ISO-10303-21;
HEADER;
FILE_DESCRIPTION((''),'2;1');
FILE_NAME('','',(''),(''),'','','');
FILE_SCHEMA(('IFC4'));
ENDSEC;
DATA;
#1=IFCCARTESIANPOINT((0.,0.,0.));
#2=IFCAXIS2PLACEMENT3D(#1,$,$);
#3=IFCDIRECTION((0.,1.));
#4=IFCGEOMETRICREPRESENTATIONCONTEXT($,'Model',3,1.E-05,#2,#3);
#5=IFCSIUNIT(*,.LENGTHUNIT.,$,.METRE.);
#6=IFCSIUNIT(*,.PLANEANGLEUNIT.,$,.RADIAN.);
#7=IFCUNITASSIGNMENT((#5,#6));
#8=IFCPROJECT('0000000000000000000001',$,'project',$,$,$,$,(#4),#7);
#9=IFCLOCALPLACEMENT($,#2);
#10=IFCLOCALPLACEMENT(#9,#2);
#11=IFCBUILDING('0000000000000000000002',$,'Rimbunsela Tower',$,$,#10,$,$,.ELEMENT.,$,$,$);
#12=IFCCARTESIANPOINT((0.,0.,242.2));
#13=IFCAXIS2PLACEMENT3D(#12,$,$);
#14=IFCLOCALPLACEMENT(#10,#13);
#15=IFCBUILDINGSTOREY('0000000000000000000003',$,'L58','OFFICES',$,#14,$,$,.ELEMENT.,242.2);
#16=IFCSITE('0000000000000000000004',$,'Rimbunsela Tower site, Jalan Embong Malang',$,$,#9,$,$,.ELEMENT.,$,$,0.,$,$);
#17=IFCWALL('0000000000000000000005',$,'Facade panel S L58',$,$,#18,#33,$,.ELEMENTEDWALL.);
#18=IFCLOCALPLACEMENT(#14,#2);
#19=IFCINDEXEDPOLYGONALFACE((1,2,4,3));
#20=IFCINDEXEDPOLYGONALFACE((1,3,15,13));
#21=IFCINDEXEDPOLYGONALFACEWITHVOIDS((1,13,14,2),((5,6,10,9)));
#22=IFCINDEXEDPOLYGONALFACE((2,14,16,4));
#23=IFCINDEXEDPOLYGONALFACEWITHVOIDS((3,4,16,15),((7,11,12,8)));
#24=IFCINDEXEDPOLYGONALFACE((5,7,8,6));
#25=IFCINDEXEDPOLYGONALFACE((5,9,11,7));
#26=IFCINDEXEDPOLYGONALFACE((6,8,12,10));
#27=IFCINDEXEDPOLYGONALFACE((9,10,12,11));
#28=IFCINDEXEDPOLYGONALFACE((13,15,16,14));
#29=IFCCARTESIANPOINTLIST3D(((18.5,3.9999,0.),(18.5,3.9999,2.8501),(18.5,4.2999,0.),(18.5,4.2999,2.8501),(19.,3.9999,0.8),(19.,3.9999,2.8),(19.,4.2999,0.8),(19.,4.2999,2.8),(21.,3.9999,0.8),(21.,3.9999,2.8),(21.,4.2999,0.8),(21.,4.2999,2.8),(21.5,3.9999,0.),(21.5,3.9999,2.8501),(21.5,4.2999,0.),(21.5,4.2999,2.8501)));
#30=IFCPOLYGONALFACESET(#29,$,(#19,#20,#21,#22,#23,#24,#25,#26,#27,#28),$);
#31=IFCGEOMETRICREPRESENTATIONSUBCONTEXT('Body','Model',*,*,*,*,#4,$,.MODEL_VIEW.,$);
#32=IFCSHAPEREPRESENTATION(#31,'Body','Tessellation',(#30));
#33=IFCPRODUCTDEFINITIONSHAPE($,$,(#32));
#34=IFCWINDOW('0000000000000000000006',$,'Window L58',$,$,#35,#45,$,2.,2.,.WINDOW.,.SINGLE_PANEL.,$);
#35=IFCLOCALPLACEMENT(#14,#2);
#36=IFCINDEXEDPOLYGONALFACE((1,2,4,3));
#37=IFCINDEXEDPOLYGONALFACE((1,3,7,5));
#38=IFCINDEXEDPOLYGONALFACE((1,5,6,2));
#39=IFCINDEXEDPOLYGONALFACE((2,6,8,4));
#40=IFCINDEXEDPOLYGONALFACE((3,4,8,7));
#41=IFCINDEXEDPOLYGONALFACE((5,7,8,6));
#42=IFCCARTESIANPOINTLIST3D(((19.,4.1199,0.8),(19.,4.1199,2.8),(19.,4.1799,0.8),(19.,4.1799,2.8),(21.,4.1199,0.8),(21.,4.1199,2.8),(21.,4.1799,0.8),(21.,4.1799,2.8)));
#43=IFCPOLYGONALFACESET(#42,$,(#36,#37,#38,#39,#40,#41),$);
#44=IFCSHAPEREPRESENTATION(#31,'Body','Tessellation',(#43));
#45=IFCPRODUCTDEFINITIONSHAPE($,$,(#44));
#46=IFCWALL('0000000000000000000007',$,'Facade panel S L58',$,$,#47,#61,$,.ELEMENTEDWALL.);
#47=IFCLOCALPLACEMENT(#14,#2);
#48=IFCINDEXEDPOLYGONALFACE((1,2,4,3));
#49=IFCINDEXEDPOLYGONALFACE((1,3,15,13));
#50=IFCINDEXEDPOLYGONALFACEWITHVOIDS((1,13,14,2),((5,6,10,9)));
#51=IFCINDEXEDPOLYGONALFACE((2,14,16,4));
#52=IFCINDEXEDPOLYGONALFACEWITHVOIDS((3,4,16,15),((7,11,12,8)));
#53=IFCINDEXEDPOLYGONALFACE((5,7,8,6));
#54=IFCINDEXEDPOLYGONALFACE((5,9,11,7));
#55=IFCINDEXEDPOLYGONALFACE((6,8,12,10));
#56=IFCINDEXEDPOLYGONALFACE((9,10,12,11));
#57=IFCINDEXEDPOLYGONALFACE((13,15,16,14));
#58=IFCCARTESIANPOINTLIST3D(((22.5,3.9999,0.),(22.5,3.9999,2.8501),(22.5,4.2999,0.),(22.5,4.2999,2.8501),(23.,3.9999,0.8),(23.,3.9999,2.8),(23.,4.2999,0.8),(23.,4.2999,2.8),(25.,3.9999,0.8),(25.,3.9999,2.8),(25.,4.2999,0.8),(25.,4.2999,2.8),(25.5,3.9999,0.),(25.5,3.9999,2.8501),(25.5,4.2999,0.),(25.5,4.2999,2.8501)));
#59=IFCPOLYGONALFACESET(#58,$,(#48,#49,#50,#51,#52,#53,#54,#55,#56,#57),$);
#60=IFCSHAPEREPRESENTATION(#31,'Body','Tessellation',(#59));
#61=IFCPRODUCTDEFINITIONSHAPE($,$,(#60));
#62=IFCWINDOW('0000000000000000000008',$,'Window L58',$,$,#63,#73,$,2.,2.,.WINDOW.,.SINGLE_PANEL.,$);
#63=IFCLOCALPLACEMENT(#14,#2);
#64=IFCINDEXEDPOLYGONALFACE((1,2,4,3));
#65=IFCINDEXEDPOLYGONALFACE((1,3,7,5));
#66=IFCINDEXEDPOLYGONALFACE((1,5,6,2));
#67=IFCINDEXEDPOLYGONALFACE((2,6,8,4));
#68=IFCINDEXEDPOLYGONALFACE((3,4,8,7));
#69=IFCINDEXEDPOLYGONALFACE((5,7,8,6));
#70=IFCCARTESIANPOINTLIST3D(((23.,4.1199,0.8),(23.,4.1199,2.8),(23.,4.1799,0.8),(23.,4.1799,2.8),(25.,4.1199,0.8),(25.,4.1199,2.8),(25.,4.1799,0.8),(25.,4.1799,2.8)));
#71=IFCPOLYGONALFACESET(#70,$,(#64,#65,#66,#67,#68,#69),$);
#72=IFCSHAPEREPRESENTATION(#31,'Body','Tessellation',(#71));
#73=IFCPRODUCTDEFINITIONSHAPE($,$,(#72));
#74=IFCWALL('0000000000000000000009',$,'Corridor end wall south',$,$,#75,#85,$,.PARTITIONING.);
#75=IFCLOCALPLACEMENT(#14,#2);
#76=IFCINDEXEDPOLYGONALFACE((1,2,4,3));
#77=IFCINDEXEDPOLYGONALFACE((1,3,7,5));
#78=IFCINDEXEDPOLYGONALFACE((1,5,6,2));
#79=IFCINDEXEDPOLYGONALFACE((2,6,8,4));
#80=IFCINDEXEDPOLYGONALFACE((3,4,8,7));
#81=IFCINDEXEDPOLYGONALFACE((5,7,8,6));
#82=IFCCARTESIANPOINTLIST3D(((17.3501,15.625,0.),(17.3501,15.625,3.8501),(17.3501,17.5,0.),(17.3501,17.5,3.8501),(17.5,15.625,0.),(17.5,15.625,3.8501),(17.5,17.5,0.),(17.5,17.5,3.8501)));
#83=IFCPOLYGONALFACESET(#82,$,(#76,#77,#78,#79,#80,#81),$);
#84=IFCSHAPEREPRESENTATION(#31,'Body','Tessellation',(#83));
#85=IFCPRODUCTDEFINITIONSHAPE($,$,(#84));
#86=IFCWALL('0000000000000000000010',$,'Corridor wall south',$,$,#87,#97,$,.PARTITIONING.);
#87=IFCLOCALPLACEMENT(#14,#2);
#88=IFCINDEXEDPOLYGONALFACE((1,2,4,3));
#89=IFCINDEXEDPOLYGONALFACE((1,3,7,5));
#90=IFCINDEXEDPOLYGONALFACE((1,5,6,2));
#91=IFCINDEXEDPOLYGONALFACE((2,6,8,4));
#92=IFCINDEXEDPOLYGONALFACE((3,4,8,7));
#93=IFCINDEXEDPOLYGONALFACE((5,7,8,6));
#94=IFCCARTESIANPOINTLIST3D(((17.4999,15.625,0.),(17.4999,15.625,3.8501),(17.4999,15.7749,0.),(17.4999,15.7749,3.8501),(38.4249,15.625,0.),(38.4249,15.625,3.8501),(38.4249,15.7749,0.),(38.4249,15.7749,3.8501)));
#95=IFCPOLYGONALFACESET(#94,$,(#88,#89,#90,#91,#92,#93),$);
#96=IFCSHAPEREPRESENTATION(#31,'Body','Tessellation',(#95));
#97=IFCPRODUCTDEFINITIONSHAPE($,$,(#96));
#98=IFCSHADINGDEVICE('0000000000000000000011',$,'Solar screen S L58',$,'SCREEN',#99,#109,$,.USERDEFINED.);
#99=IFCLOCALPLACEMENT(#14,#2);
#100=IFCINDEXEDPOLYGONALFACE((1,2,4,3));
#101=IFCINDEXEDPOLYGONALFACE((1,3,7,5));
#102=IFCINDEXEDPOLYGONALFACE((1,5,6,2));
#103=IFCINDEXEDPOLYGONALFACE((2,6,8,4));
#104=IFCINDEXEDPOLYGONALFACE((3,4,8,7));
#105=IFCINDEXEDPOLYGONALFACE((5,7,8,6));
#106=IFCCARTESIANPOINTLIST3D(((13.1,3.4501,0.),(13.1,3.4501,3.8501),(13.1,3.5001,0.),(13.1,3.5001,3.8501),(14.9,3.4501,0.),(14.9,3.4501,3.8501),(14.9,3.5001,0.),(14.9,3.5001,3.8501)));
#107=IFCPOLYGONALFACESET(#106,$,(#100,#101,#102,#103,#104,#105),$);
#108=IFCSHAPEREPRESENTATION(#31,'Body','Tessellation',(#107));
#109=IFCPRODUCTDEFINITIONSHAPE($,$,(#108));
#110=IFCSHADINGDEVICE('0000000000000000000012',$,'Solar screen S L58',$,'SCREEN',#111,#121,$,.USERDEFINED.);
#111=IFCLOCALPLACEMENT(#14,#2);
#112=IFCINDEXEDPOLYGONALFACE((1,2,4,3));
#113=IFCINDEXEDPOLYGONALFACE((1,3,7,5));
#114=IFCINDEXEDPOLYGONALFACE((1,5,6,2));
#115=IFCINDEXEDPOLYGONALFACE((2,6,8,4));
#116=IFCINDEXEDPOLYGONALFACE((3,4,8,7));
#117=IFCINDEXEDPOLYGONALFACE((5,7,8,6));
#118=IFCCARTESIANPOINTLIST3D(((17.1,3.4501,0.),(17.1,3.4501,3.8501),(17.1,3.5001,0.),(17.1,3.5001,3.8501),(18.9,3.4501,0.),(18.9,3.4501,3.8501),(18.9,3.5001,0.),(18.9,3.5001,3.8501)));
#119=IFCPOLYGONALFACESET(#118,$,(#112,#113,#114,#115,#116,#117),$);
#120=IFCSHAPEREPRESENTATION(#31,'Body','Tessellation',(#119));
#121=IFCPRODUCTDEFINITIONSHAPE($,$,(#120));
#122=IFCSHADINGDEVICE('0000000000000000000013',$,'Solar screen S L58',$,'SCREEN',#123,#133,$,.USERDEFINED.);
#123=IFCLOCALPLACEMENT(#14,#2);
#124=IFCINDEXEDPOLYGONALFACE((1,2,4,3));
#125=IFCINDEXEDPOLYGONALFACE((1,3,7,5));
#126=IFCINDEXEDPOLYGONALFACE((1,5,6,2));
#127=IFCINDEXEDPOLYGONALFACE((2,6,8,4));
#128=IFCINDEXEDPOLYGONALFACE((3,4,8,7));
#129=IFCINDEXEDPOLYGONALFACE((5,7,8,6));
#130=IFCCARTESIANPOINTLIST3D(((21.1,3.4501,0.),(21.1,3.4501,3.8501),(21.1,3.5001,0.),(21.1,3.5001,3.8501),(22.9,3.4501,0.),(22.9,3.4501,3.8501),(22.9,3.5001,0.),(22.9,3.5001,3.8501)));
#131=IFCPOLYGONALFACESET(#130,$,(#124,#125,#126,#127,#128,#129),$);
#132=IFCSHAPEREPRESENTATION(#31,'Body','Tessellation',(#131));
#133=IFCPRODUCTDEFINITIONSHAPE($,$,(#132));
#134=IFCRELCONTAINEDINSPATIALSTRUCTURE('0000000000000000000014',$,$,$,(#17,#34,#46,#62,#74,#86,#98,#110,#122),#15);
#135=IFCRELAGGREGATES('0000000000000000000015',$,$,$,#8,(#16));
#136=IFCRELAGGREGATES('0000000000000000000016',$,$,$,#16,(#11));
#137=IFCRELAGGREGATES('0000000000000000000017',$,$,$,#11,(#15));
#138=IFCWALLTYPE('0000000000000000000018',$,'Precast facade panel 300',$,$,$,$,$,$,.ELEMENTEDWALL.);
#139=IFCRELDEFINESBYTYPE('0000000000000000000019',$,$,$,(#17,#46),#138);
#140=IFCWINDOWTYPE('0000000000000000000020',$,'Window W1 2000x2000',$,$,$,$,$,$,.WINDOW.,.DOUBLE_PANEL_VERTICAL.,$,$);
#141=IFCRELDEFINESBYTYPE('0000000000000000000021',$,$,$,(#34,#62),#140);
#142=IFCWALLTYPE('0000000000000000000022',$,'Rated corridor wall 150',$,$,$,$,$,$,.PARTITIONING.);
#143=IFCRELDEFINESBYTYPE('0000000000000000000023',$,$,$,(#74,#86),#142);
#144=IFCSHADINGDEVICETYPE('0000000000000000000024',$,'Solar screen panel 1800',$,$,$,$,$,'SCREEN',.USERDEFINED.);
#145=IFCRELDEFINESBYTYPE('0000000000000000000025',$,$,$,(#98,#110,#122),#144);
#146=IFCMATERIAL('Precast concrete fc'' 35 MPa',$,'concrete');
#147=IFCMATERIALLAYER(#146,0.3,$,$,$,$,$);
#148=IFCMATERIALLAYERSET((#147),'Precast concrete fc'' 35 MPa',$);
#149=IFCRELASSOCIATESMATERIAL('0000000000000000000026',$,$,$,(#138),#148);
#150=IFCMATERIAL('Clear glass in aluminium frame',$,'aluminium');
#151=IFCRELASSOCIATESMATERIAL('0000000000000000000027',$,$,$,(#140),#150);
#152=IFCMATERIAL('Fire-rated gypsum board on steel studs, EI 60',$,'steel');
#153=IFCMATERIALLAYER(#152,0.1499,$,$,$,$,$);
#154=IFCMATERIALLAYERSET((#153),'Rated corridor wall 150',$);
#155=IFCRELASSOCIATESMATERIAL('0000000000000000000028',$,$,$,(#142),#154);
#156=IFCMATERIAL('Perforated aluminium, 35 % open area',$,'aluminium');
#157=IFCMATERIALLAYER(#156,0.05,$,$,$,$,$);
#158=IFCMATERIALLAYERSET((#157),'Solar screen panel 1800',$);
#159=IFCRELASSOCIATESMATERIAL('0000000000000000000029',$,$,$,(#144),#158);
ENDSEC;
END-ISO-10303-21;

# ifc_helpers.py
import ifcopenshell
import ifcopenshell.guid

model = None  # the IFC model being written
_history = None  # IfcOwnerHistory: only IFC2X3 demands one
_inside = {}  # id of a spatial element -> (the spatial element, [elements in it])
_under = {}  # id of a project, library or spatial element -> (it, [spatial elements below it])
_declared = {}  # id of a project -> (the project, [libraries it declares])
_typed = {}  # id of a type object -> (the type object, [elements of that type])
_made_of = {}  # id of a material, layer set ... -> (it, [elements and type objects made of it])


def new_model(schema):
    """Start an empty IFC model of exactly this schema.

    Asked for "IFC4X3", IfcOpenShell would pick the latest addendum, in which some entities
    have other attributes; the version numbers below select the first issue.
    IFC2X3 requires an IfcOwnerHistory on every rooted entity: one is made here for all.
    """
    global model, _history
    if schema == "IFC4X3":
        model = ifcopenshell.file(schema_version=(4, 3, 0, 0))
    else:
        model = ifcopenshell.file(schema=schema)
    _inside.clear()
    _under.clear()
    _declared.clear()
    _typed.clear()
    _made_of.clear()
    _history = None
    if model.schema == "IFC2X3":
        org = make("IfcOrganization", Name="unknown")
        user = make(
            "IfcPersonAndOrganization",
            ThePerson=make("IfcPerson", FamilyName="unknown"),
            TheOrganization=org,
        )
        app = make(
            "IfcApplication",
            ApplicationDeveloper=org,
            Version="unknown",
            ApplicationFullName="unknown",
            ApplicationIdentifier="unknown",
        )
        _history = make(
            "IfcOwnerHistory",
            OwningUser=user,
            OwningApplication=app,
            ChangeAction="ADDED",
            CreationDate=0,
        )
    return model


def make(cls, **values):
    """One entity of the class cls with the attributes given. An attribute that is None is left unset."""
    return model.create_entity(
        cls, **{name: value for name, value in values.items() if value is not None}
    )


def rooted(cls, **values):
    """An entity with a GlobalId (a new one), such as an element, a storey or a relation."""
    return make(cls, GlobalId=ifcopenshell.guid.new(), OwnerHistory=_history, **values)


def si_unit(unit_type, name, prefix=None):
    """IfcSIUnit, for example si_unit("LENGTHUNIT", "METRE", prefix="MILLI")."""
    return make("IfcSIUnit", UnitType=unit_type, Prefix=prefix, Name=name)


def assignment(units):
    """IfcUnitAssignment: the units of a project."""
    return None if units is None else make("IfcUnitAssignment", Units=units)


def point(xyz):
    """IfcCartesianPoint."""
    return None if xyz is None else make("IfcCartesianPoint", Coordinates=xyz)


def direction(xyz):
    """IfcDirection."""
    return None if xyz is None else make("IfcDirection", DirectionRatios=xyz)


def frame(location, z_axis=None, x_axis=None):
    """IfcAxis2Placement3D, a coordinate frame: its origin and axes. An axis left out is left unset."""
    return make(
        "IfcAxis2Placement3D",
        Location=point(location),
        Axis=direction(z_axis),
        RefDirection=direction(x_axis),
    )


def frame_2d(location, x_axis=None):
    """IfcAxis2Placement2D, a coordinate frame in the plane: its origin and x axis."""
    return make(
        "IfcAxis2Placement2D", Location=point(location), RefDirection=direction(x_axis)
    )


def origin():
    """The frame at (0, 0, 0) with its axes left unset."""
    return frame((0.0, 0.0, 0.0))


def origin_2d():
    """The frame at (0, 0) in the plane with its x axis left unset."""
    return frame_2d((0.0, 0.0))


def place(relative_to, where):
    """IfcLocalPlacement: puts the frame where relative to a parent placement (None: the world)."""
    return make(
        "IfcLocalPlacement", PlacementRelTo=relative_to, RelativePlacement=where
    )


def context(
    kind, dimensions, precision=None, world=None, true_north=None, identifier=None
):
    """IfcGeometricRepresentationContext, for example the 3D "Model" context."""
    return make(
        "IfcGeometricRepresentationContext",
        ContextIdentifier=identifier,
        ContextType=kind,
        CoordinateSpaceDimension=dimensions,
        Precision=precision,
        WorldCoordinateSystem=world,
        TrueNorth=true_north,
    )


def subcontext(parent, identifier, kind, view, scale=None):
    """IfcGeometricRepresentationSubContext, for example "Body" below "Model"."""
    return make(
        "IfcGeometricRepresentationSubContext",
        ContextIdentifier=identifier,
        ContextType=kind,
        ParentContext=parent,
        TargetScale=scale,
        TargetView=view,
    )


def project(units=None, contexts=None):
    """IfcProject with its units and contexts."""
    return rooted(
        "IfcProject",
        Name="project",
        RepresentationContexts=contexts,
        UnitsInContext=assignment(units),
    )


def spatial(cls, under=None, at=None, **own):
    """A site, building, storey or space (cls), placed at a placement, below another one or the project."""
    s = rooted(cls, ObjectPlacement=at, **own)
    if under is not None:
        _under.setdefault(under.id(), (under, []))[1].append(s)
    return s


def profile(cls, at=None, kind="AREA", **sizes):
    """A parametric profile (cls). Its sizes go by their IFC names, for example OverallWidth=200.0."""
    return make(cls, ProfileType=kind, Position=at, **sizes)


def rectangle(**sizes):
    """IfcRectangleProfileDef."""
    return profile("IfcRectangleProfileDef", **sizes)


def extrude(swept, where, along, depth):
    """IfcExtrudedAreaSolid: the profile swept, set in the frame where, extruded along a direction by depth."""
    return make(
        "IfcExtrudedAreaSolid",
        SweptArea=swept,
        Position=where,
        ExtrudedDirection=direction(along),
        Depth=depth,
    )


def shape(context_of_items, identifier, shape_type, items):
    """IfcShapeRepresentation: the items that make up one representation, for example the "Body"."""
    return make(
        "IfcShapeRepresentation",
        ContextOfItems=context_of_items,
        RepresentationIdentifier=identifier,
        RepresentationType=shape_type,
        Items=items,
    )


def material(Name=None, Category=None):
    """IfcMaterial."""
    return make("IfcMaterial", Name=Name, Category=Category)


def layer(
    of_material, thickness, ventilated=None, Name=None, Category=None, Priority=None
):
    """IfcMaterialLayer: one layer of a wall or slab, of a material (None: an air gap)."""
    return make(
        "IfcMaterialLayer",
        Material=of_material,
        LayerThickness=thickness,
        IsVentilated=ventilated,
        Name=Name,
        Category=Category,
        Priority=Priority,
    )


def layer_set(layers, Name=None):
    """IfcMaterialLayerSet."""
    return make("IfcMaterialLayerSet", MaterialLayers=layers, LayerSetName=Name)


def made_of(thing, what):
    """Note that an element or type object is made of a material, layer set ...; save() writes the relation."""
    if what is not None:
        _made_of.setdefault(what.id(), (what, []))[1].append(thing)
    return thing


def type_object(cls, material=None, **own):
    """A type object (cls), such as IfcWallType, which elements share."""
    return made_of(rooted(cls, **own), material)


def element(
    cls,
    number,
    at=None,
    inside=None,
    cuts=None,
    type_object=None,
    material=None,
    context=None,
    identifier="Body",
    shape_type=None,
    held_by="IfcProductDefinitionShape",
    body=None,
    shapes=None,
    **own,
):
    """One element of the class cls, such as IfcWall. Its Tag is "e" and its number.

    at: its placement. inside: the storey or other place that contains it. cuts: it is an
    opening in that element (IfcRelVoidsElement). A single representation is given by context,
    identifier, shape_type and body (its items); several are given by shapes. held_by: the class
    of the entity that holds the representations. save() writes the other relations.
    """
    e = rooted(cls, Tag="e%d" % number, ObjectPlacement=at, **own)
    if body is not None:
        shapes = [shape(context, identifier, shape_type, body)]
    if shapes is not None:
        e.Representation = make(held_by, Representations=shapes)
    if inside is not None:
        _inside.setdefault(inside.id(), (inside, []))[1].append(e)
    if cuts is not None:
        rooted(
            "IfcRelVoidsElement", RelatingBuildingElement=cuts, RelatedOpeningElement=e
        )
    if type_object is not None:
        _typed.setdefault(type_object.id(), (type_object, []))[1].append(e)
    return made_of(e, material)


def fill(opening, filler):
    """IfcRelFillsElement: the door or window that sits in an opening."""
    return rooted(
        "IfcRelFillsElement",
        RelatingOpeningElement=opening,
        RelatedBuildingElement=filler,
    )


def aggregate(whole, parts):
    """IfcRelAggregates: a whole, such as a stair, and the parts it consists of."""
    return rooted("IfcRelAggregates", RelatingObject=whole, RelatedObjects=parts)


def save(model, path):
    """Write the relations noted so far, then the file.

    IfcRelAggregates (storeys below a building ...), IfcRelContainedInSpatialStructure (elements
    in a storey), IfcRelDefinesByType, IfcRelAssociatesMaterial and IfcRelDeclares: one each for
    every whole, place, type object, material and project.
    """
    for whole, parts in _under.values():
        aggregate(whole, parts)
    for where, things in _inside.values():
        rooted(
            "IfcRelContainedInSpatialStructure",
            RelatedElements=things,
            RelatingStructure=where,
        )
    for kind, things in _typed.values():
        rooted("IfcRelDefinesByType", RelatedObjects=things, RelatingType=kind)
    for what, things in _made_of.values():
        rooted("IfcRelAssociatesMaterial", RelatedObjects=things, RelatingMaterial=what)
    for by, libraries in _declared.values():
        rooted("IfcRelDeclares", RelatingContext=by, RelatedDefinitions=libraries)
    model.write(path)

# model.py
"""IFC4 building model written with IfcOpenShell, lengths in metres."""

from ifc_helpers import new_model, si_unit, direction, frame, frame_2d, origin, origin_2d, place, context, subcontext, project, spatial, rectangle, extrude, material, layer, layer_set, type_object, element, fill, save


model = new_model("IFC4")

# Units and contexts
model_context = context("Model", 3, precision=1e-05, world=origin(), true_north=direction((0.0, 1.0)))
body_context = subcontext(model_context, "Body", "Model", "MODEL_VIEW")
ifc_project = project(units=[si_unit("LENGTHUNIT", "METRE"), si_unit("PLANEANGLEUNIT", "RADIAN")], contexts=[model_context])

# Site, building, storey
site_placement = place(None, origin())
site = spatial("IfcSite", under=ifc_project, at=site_placement, Name="Rimbunsela Tower site, Jalan Embong Malang", CompositionType="ELEMENT", RefElevation=0.0)
building_placement = place(site_placement, origin())
building = spatial("IfcBuilding", under=site, at=building_placement, Name="Rimbunsela Tower", CompositionType="ELEMENT")
storey_placement = place(building_placement, frame((0.0, 0.0, 242.2)))
storey = spatial("IfcBuildingStorey", under=building, at=storey_placement, Name="L58", Description="OFFICES", CompositionType="ELEMENT", Elevation=242.2)

# Shared definitions
ifc_material_1 = material(Name="Precast concrete fc' 35 MPa", Category="concrete")
ifc_layer_1 = layer(ifc_material_1, 0.3)
ifc_layer_set_1 = layer_set([ifc_layer_1], Name="Precast concrete fc' 35 MPa")
wall_type_1 = type_object("IfcWallType", Name="Precast facade panel 300", PredefinedType="ELEMENTEDWALL", material=ifc_layer_set_1)

# Walls, openings, windows
ifc_material_2 = material(Name="Clear glass in aluminium frame", Category="aluminium")
window_type = type_object("IfcWindowType", Name="Window W1 2000x2000", PartitioningType="DOUBLE_PANEL_VERTICAL", PredefinedType="WINDOW", material=ifc_material_2)
wall_1_placement = place(storey_placement, frame((18.5, 4.1499, 0.0), z_axis=(0.0, 0.0, 1.0), x_axis=(1.0, 0.0, 0.0)))
wall_1 = element("IfcWall", 1, at=wall_1_placement, inside=storey, type_object=wall_type_1, Name="Facade panel S L58", PredefinedType="ELEMENTEDWALL", context=body_context, shape_type="SweptSolid", body=[
    extrude(rectangle(XDim=3.0, YDim=0.3, at=frame_2d((1.5, 0.0))), origin(), (0.0, 0.0, 1.0), 2.8501),
])
opening_1_placement = place(wall_1_placement, frame((0.5, 0.0, 0.8)))
opening_1 = element("IfcOpeningElement", 2, at=opening_1_placement, cuts=wall_1, PredefinedType="OPENING", context=body_context, shape_type="SweptSolid", body=[
    extrude(rectangle(XDim=2.0, YDim=2.0, at=frame_2d((1.0, 1.0))), frame((0.0, 0.1599, 0.0), z_axis=(0.0, -1.0, 0.0), x_axis=(1.0, 0.0, 0.0)), (0.0, 0.0, 1.0), 0.3201),
])
window_1_placement = place(opening_1_placement, origin())
window_1 = element("IfcWindow", 3, at=window_1_placement, inside=storey, type_object=window_type, Name="Window L58", OverallHeight=2.0, OverallWidth=2.0, PartitioningType="SINGLE_PANEL", PredefinedType="WINDOW", context=body_context, shape_type="SweptSolid", body=[
    extrude(rectangle(XDim=2.0, YDim=2.0, at=frame_2d((1.0, 1.0))), frame((0.0, 0.03, 0.0), z_axis=(0.0, -1.0, 0.0), x_axis=(1.0, 0.0, 0.0)), (0.0, 0.0, 1.0), 0.0601),
])
fill(opening_1, window_1)
wall_2_placement = place(storey_placement, frame((22.5, 4.1499, 0.0), z_axis=(0.0, 0.0, 1.0), x_axis=(1.0, 0.0, 0.0)))
wall_2 = element("IfcWall", 4, at=wall_2_placement, inside=storey, type_object=wall_type_1, Name="Facade panel S L58", PredefinedType="ELEMENTEDWALL", context=body_context, shape_type="SweptSolid", body=[
    extrude(rectangle(XDim=3.0, YDim=0.3, at=frame_2d((1.5, 0.0))), origin(), (0.0, 0.0, 1.0), 2.8501),
])
opening_2_placement = place(wall_2_placement, frame((0.5, 0.0, 0.8)))
opening_2 = element("IfcOpeningElement", 5, at=opening_2_placement, cuts=wall_2, PredefinedType="OPENING", context=body_context, shape_type="SweptSolid", body=[
    extrude(rectangle(XDim=2.0, YDim=2.0, at=frame_2d((1.0, 1.0))), frame((0.0, 0.1599, 0.0), z_axis=(0.0, -1.0, 0.0), x_axis=(1.0, 0.0, 0.0)), (0.0, 0.0, 1.0), 0.3201),
])
window_2_placement = place(opening_2_placement, origin())
window_2 = element("IfcWindow", 6, at=window_2_placement, inside=storey, type_object=window_type, Name="Window L58", OverallHeight=2.0, OverallWidth=2.0, PartitioningType="SINGLE_PANEL", PredefinedType="WINDOW", context=body_context, shape_type="SweptSolid", body=[
    extrude(rectangle(XDim=2.0, YDim=2.0, at=frame_2d((1.0, 1.0))), frame((0.0, 0.03, 0.0), z_axis=(0.0, -1.0, 0.0), x_axis=(1.0, 0.0, 0.0)), (0.0, 0.0, 1.0), 0.0601),
])
fill(opening_2, window_2)

# Walls
ifc_material_3 = material(Name="Fire-rated gypsum board on steel studs, EI 60", Category="steel")
ifc_layer_2 = layer(ifc_material_3, 0.1499)
ifc_layer_set_2 = layer_set([ifc_layer_2], Name="Rated corridor wall 150")
wall_type_2 = type_object("IfcWallType", Name="Rated corridor wall 150", PredefinedType="PARTITIONING", material=ifc_layer_set_2)
wall_3_placement = place(storey_placement, frame((17.425, 15.625, 0.0), z_axis=(0.0, 0.0, 1.0), x_axis=(0.0, 1.0, 0.0)))
element("IfcWall", 7, at=wall_3_placement, inside=storey, type_object=wall_type_2, Name="Corridor end wall south", PredefinedType="PARTITIONING", context=body_context, shape_type="SweptSolid", body=[
    extrude(rectangle(XDim=1.875, YDim=0.1499, at=frame_2d((0.9375, 0.0))), origin(), (0.0, 0.0, 1.0), 3.8501),
])
wall_4_placement = place(storey_placement, frame((17.5, 15.7, 0.0), z_axis=(0.0, 0.0, 1.0), x_axis=(1.0, 0.0, 0.0)))
element("IfcWall", 8, at=wall_4_placement, inside=storey, type_object=wall_type_2, Name="Corridor wall south", PredefinedType="PARTITIONING", context=body_context, shape_type="SweptSolid", body=[
    extrude(rectangle(XDim=20.925, YDim=0.1499, at=frame_2d((10.4624, 0.0))), origin(), (0.0, 0.0, 1.0), 3.8501),
])

# Shading devices
ifc_material_4 = material(Name="Perforated aluminium, 35 % open area", Category="aluminium")
ifc_layer_3 = layer(ifc_material_4, 0.05)
ifc_layer_set_3 = layer_set([ifc_layer_3], Name="Solar screen panel 1800")
shading_device_type = type_object("IfcShadingDeviceType", Name="Solar screen panel 1800", ElementType="SCREEN", PredefinedType="USERDEFINED", material=ifc_layer_set_3)
for number, where, z_axis, x_axis, name in (
    (9, (14.0, 3.4751, 0.0), (0.0, 0.0, 1.0), (1.0, 0.0, 0.0), "Solar screen S L58"),
    (10, (18.0, 3.4751, 0.0), (0.0, 0.0, 1.0), (1.0, 0.0, 0.0), "Solar screen S L58"),
    (11, (22.0, 3.4751, 0.0), (0.0, 0.0, 1.0), (1.0, 0.0, 0.0), "Solar screen S L58"),
):
    element("IfcShadingDevice", number, at=place(storey_placement, frame(where, z_axis=z_axis, x_axis=x_axis)), inside=storey, type_object=shading_device_type, Name=name, ObjectType="SCREEN", PredefinedType="USERDEFINED", context=body_context, shape_type="SweptSolid", body=[
        extrude(rectangle(XDim=1.8, YDim=0.05, at=origin_2d()), origin(), (0.0, 0.0, 1.0), 3.8501),
    ])

save(model, "model.ifc")
